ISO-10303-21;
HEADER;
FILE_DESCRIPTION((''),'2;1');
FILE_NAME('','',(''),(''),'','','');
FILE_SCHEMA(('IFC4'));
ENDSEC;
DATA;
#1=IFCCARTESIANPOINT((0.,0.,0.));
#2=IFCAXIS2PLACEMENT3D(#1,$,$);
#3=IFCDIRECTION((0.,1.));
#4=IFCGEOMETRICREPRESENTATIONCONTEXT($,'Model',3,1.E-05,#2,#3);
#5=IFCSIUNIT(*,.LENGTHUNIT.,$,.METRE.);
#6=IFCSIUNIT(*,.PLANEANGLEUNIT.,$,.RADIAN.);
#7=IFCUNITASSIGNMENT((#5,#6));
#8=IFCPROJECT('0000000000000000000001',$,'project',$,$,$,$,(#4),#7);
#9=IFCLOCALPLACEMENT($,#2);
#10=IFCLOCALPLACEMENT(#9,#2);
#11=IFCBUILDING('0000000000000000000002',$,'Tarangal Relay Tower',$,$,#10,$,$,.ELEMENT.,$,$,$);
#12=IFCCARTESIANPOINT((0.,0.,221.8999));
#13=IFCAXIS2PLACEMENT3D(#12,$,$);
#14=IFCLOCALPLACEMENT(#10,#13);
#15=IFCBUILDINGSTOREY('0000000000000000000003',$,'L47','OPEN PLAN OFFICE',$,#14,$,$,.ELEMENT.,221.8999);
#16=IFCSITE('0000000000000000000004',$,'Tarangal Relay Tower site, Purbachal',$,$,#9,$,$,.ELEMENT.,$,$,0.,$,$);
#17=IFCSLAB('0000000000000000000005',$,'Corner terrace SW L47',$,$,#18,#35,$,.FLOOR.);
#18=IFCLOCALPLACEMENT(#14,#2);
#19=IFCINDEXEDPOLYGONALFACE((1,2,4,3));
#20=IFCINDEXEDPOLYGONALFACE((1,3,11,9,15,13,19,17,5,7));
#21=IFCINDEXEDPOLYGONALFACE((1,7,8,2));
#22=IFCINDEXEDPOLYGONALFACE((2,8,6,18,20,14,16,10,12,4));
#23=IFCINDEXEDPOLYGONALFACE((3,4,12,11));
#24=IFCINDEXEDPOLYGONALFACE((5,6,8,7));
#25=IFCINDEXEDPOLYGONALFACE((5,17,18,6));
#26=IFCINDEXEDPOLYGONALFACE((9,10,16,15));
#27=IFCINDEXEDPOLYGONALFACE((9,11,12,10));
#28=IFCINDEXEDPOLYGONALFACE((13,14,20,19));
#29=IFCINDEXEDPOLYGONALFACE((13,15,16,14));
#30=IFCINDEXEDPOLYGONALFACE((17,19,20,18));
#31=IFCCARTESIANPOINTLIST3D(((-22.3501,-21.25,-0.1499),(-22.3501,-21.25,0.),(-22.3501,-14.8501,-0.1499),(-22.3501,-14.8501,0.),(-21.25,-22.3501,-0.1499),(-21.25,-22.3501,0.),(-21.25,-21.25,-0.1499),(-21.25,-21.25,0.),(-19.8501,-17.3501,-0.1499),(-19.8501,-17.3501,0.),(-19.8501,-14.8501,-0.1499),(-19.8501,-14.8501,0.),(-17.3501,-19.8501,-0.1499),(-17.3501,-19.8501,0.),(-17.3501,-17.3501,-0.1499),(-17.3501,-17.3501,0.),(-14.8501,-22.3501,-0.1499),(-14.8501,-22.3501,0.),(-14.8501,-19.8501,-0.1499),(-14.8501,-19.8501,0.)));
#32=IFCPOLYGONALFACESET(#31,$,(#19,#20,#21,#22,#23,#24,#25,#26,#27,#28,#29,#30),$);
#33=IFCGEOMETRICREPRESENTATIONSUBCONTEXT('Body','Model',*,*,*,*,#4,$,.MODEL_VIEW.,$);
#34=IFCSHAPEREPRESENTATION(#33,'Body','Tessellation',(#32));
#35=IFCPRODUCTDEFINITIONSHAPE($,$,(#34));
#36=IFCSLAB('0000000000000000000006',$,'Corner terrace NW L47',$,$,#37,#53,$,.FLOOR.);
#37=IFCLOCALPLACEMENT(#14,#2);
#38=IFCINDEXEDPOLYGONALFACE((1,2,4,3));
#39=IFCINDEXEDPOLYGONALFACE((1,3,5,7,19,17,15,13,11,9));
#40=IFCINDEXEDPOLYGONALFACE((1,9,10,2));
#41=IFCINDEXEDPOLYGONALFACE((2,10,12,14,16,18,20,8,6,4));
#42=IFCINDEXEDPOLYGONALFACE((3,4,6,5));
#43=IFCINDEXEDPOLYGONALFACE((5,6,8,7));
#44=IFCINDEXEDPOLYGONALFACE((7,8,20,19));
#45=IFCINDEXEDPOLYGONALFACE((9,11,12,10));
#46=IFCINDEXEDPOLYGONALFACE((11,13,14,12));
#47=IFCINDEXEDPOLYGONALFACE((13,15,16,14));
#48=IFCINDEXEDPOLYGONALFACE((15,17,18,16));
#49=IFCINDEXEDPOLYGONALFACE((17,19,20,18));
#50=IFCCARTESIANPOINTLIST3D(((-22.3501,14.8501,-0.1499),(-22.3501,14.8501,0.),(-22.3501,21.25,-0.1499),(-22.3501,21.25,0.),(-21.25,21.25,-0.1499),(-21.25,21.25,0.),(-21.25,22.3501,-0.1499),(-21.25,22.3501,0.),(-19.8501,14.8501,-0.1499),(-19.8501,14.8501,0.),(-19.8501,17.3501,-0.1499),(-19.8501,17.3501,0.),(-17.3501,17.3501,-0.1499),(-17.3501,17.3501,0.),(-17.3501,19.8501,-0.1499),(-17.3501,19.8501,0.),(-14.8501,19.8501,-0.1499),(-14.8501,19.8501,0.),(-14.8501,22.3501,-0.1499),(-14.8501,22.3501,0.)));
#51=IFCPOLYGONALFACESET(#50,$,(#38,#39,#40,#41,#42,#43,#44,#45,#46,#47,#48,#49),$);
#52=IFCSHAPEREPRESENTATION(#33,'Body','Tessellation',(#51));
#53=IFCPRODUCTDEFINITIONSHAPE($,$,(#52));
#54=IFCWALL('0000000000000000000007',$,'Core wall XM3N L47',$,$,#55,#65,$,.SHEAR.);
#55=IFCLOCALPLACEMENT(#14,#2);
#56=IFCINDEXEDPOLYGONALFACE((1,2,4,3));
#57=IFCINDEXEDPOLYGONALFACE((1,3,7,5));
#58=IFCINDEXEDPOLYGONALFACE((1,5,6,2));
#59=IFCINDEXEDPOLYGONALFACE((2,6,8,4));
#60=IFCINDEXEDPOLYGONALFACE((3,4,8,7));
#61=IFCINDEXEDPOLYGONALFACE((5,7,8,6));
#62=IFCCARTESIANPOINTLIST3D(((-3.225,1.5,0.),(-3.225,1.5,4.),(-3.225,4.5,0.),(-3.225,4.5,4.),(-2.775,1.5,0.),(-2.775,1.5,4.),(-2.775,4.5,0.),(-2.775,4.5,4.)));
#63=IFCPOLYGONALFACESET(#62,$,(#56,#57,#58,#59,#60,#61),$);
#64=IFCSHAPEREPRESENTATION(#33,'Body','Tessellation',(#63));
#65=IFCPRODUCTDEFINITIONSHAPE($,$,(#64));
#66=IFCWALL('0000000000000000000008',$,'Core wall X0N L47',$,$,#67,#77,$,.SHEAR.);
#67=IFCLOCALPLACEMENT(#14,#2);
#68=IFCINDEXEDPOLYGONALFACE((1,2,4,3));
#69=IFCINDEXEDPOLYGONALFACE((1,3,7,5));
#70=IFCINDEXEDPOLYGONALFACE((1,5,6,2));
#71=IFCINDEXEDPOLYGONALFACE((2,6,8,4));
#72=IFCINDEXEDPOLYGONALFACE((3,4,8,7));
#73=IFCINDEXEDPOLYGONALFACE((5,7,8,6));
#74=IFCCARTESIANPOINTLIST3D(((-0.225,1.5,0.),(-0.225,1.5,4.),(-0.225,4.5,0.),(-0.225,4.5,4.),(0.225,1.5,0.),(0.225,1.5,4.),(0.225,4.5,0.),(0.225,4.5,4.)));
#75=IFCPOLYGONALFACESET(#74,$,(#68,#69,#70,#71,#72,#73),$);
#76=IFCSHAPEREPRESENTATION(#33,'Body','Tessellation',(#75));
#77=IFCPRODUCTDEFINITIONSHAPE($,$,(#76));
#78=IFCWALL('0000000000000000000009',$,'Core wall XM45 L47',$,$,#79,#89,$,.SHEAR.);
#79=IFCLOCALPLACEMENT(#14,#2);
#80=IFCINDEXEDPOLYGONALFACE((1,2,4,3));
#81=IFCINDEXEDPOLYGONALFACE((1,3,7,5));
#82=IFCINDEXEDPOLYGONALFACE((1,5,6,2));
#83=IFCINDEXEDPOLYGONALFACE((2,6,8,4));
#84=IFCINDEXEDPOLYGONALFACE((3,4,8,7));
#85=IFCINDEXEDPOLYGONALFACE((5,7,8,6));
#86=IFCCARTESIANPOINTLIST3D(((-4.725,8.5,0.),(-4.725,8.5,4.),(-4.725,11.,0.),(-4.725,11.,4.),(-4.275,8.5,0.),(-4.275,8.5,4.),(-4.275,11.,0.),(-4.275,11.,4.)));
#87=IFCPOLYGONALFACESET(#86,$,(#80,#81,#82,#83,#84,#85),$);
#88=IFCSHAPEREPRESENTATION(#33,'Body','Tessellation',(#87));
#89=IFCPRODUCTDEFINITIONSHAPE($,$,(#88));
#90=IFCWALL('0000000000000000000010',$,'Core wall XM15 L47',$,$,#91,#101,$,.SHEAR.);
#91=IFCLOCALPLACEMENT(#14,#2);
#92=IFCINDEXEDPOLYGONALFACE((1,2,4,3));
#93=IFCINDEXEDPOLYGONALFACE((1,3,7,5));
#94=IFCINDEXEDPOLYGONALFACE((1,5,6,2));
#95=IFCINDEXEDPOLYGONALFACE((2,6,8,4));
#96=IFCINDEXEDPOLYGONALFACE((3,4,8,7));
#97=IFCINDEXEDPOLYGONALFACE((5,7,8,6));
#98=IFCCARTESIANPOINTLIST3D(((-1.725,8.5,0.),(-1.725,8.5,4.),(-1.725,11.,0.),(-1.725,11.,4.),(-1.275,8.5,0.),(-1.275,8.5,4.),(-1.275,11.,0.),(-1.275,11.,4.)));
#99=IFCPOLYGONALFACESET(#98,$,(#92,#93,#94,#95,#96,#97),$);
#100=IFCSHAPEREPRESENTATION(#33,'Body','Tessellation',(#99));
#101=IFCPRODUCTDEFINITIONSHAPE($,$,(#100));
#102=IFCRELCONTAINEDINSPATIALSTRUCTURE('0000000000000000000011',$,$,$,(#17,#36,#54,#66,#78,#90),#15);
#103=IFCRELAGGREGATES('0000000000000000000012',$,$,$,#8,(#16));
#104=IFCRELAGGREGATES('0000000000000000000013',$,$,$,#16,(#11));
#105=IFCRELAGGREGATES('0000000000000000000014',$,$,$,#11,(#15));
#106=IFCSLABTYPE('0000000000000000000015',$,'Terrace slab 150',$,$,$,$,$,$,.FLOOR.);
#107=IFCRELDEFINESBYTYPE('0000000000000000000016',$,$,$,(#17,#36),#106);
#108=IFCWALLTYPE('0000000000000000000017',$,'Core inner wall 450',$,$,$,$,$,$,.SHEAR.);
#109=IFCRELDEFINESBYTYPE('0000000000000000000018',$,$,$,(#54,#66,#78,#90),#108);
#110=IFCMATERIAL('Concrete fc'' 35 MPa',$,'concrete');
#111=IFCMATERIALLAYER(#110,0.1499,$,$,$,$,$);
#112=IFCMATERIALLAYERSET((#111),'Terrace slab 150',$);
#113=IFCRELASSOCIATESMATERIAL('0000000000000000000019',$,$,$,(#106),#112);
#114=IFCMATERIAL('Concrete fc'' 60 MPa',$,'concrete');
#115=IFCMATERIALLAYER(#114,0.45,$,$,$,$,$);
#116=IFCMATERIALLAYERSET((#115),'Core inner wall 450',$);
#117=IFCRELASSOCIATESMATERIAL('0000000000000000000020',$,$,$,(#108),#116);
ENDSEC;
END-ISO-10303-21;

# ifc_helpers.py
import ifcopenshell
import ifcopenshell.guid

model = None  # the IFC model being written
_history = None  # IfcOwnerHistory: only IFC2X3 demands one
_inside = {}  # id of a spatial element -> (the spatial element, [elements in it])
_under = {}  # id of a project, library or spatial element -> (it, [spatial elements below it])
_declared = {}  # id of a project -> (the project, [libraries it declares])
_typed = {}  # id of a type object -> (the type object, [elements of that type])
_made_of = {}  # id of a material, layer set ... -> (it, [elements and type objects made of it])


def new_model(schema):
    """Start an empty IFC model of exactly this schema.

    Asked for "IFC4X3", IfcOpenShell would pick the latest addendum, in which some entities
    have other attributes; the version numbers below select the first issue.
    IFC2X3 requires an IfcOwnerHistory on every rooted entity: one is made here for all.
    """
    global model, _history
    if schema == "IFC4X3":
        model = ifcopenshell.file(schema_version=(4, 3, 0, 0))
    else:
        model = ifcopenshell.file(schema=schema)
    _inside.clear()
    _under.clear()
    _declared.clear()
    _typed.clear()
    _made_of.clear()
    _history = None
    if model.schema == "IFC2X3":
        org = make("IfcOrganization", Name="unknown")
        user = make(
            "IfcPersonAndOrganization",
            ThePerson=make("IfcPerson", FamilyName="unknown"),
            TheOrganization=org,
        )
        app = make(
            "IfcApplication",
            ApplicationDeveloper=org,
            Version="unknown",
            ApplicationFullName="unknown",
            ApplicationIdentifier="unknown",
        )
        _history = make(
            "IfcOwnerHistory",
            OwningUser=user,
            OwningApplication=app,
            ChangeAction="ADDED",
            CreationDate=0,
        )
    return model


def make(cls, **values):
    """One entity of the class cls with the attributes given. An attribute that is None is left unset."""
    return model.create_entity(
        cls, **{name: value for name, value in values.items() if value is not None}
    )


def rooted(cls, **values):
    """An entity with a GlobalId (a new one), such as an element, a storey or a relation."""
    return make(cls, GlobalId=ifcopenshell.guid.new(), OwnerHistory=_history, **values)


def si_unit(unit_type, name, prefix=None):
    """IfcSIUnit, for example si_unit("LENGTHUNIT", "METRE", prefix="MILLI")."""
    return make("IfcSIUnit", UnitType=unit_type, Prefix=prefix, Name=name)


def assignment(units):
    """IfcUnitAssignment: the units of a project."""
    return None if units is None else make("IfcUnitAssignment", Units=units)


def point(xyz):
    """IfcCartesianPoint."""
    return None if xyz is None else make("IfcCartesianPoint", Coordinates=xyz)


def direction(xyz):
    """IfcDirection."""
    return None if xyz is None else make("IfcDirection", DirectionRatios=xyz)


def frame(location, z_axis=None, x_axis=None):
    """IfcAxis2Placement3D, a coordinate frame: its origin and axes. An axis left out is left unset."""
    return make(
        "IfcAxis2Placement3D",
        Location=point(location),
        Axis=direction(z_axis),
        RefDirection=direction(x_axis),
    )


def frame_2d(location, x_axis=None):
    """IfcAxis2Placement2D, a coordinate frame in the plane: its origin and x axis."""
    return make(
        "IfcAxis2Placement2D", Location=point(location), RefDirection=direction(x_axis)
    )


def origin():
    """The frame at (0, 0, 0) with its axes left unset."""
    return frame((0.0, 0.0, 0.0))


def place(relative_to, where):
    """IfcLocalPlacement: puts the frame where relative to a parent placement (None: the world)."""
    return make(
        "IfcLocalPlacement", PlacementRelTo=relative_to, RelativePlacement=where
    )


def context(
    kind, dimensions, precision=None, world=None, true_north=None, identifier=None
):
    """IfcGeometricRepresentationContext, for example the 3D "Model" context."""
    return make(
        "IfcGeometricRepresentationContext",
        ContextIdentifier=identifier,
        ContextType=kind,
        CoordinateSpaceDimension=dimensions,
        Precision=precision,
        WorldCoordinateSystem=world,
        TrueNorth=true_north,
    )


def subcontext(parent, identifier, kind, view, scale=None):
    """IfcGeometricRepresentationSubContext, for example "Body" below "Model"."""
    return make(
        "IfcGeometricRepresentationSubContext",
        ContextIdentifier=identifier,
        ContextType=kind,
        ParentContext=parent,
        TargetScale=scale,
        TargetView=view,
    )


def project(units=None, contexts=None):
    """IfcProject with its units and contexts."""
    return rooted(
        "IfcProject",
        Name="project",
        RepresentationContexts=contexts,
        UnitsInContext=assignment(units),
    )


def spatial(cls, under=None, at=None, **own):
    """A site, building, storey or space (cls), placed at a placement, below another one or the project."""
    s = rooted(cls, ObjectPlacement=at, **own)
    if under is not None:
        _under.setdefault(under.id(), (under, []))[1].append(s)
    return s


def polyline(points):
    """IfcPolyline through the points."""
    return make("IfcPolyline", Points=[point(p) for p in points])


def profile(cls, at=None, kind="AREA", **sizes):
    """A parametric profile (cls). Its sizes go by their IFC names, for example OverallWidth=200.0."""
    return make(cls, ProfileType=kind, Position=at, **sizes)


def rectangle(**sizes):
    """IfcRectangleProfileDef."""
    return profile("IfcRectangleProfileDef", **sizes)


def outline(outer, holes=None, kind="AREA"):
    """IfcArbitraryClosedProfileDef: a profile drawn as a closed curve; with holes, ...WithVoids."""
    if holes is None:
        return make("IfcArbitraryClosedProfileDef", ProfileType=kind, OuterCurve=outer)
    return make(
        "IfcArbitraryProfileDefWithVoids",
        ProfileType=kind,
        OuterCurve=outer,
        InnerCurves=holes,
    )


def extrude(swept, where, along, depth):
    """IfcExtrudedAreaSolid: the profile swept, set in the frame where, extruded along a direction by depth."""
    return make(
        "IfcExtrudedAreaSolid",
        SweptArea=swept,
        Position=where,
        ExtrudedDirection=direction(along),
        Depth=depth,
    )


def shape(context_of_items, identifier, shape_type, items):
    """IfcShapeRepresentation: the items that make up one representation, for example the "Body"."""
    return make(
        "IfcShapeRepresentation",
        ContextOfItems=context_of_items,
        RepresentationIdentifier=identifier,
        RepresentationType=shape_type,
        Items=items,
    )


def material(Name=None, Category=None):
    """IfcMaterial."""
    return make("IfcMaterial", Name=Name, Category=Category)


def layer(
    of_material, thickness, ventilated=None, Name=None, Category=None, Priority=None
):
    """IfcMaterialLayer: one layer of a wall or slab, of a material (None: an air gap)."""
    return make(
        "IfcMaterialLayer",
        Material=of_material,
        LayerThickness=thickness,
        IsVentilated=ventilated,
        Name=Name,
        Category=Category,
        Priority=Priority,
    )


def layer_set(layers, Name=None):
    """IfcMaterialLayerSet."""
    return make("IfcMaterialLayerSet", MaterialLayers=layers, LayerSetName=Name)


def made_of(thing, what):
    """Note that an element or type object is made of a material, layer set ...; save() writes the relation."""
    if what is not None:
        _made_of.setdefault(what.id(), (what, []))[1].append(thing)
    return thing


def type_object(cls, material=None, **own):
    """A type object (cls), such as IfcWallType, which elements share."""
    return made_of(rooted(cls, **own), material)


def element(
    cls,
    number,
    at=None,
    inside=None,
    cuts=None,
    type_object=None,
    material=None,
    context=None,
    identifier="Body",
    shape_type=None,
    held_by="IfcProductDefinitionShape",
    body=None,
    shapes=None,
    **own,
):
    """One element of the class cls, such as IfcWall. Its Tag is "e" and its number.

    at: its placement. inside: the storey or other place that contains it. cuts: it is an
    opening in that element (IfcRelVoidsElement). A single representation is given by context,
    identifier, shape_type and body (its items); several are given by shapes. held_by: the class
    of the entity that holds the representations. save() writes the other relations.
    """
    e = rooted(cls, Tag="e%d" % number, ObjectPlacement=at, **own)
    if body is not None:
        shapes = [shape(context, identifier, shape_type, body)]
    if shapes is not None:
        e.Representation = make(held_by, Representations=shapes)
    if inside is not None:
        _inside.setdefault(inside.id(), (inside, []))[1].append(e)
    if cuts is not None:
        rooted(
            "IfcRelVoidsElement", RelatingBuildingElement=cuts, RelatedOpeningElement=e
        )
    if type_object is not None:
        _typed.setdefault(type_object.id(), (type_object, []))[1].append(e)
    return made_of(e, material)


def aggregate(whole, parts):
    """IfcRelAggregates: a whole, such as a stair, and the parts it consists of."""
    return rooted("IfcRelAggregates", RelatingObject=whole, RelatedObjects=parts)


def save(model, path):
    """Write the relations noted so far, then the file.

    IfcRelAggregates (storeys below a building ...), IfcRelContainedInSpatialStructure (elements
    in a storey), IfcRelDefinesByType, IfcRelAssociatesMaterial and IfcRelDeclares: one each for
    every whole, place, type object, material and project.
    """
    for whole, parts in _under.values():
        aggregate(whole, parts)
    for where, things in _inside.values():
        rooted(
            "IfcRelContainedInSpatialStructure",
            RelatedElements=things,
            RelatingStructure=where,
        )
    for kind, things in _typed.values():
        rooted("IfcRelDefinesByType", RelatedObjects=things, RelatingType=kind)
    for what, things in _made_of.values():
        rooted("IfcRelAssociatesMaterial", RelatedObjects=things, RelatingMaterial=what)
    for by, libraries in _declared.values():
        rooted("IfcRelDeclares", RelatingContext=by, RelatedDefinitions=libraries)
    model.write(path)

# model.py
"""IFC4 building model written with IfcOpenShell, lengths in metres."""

from ifc_helpers import new_model, si_unit, direction, frame, frame_2d, origin, place, context, subcontext, project, spatial, polyline, rectangle, outline, extrude, material, layer, layer_set, type_object, element, save


model = new_model("IFC4")

# Units and contexts
model_context = context("Model", 3, precision=1e-05, world=origin(), true_north=direction((0.0, 1.0)))
body_context = subcontext(model_context, "Body", "Model", "MODEL_VIEW")
ifc_project = project(units=[si_unit("LENGTHUNIT", "METRE"), si_unit("PLANEANGLEUNIT", "RADIAN")], contexts=[model_context])

# Site, building, storey
site_placement = place(None, origin())
site = spatial("IfcSite", under=ifc_project, at=site_placement, Name="Tarangal Relay Tower site, Purbachal", CompositionType="ELEMENT", RefElevation=0.0)
building_placement = place(site_placement, origin())
building = spatial("IfcBuilding", under=site, at=building_placement, Name="Tarangal Relay Tower", CompositionType="ELEMENT")
storey_placement = place(building_placement, frame((0.0, 0.0, 221.8999)))
storey = spatial("IfcBuildingStorey", under=building, at=storey_placement, Name="L47", Description="OPEN PLAN OFFICE", CompositionType="ELEMENT", Elevation=221.8999)

# Slabs
ifc_material_1 = material(Name="Concrete fc' 35 MPa", Category="concrete")
ifc_layer_1 = layer(ifc_material_1, 0.1499)
ifc_layer_set_1 = layer_set([ifc_layer_1], Name="Terrace slab 150")
slab_type_1 = type_object("IfcSlabType", Name="Terrace slab 150", PredefinedType="FLOOR", material=ifc_layer_set_1)
slab_1_placement = place(storey_placement, frame((0.0, 0.0, -0.1499)))
element("IfcSlab", 1, at=slab_1_placement, inside=storey, type_object=slab_type_1, Name="Corner terrace SW L47", PredefinedType="FLOOR", context=body_context, shape_type="SweptSolid", body=[
    extrude(outline(polyline([(-14.8501, -22.3501), (-14.8501, -19.8501), (-17.3501, -19.8501), (-17.3501, -17.3501), (-19.8501, -17.3501), (-19.8501, -14.8501), (-22.3501, -14.8501), (-22.3501, -21.25), (-21.25, -21.25), (-21.25, -22.3501), (-14.8501, -22.3501)])), origin(), (0.0, 0.0, 1.0), 0.1499),
])
slab_2_placement = place(storey_placement, frame((0.0, 0.0, -0.1499)))
element("IfcSlab", 2, at=slab_2_placement, inside=storey, type_object=slab_type_1, Name="Corner terrace NW L47", PredefinedType="FLOOR", context=body_context, shape_type="SweptSolid", body=[
    extrude(outline(polyline([(-22.3501, 14.8501), (-19.8501, 14.8501), (-19.8501, 17.3501), (-17.3501, 17.3501), (-17.3501, 19.8501), (-14.8501, 19.8501), (-14.8501, 22.3501), (-21.25, 22.3501), (-21.25, 21.25), (-22.3501, 21.25), (-22.3501, 14.8501)])), origin(), (0.0, 0.0, 1.0), 0.1499),
])

# Shared definitions
ifc_material_2 = material(Name="Concrete fc' 60 MPa", Category="concrete")
ifc_layer_2 = layer(ifc_material_2, 0.45)
ifc_layer_set_2 = layer_set([ifc_layer_2], Name="Core inner wall 450")
wall_type = type_object("IfcWallType", Name="Core inner wall 450", PredefinedType="SHEAR", material=ifc_layer_set_2)

# Walls
for number, where, z_axis, x_axis, name in (
    (3, (-3.0, 1.5, 0.0), (0.0, 0.0, 1.0), (0.0, 1.0, 0.0), "Core wall XM3N L47"),
    (4, (0.0, 1.5, 0.0), (0.0, 0.0, 1.0), (0.0, 1.0, 0.0), "Core wall X0N L47"),
):
    element("IfcWall", number, at=place(storey_placement, frame(where, z_axis=z_axis, x_axis=x_axis)), inside=storey, type_object=wall_type, Name=name, PredefinedType="SHEAR", context=body_context, shape_type="SweptSolid", body=[
        extrude(rectangle(XDim=3.0, YDim=0.45, at=frame_2d((1.5, 0.0))), origin(), (0.0, 0.0, 1.0), 4.0),
    ])
for number, where, z_axis, x_axis, name in (
    (5, (-4.5, 8.5, 0.0), (0.0, 0.0, 1.0), (0.0, 1.0, 0.0), "Core wall XM45 L47"),
    (6, (-1.5, 8.5, 0.0), (0.0, 0.0, 1.0), (0.0, 1.0, 0.0), "Core wall XM15 L47"),
):
    element("IfcWall", number, at=place(storey_placement, frame(where, z_axis=z_axis, x_axis=x_axis)), inside=storey, type_object=wall_type, Name=name, PredefinedType="SHEAR", context=body_context, shape_type="SweptSolid", body=[
        extrude(rectangle(XDim=2.5, YDim=0.45, at=frame_2d((1.25, 0.0))), origin(), (0.0, 0.0, 1.0), 4.0),
    ])

save(model, "model.ifc")
